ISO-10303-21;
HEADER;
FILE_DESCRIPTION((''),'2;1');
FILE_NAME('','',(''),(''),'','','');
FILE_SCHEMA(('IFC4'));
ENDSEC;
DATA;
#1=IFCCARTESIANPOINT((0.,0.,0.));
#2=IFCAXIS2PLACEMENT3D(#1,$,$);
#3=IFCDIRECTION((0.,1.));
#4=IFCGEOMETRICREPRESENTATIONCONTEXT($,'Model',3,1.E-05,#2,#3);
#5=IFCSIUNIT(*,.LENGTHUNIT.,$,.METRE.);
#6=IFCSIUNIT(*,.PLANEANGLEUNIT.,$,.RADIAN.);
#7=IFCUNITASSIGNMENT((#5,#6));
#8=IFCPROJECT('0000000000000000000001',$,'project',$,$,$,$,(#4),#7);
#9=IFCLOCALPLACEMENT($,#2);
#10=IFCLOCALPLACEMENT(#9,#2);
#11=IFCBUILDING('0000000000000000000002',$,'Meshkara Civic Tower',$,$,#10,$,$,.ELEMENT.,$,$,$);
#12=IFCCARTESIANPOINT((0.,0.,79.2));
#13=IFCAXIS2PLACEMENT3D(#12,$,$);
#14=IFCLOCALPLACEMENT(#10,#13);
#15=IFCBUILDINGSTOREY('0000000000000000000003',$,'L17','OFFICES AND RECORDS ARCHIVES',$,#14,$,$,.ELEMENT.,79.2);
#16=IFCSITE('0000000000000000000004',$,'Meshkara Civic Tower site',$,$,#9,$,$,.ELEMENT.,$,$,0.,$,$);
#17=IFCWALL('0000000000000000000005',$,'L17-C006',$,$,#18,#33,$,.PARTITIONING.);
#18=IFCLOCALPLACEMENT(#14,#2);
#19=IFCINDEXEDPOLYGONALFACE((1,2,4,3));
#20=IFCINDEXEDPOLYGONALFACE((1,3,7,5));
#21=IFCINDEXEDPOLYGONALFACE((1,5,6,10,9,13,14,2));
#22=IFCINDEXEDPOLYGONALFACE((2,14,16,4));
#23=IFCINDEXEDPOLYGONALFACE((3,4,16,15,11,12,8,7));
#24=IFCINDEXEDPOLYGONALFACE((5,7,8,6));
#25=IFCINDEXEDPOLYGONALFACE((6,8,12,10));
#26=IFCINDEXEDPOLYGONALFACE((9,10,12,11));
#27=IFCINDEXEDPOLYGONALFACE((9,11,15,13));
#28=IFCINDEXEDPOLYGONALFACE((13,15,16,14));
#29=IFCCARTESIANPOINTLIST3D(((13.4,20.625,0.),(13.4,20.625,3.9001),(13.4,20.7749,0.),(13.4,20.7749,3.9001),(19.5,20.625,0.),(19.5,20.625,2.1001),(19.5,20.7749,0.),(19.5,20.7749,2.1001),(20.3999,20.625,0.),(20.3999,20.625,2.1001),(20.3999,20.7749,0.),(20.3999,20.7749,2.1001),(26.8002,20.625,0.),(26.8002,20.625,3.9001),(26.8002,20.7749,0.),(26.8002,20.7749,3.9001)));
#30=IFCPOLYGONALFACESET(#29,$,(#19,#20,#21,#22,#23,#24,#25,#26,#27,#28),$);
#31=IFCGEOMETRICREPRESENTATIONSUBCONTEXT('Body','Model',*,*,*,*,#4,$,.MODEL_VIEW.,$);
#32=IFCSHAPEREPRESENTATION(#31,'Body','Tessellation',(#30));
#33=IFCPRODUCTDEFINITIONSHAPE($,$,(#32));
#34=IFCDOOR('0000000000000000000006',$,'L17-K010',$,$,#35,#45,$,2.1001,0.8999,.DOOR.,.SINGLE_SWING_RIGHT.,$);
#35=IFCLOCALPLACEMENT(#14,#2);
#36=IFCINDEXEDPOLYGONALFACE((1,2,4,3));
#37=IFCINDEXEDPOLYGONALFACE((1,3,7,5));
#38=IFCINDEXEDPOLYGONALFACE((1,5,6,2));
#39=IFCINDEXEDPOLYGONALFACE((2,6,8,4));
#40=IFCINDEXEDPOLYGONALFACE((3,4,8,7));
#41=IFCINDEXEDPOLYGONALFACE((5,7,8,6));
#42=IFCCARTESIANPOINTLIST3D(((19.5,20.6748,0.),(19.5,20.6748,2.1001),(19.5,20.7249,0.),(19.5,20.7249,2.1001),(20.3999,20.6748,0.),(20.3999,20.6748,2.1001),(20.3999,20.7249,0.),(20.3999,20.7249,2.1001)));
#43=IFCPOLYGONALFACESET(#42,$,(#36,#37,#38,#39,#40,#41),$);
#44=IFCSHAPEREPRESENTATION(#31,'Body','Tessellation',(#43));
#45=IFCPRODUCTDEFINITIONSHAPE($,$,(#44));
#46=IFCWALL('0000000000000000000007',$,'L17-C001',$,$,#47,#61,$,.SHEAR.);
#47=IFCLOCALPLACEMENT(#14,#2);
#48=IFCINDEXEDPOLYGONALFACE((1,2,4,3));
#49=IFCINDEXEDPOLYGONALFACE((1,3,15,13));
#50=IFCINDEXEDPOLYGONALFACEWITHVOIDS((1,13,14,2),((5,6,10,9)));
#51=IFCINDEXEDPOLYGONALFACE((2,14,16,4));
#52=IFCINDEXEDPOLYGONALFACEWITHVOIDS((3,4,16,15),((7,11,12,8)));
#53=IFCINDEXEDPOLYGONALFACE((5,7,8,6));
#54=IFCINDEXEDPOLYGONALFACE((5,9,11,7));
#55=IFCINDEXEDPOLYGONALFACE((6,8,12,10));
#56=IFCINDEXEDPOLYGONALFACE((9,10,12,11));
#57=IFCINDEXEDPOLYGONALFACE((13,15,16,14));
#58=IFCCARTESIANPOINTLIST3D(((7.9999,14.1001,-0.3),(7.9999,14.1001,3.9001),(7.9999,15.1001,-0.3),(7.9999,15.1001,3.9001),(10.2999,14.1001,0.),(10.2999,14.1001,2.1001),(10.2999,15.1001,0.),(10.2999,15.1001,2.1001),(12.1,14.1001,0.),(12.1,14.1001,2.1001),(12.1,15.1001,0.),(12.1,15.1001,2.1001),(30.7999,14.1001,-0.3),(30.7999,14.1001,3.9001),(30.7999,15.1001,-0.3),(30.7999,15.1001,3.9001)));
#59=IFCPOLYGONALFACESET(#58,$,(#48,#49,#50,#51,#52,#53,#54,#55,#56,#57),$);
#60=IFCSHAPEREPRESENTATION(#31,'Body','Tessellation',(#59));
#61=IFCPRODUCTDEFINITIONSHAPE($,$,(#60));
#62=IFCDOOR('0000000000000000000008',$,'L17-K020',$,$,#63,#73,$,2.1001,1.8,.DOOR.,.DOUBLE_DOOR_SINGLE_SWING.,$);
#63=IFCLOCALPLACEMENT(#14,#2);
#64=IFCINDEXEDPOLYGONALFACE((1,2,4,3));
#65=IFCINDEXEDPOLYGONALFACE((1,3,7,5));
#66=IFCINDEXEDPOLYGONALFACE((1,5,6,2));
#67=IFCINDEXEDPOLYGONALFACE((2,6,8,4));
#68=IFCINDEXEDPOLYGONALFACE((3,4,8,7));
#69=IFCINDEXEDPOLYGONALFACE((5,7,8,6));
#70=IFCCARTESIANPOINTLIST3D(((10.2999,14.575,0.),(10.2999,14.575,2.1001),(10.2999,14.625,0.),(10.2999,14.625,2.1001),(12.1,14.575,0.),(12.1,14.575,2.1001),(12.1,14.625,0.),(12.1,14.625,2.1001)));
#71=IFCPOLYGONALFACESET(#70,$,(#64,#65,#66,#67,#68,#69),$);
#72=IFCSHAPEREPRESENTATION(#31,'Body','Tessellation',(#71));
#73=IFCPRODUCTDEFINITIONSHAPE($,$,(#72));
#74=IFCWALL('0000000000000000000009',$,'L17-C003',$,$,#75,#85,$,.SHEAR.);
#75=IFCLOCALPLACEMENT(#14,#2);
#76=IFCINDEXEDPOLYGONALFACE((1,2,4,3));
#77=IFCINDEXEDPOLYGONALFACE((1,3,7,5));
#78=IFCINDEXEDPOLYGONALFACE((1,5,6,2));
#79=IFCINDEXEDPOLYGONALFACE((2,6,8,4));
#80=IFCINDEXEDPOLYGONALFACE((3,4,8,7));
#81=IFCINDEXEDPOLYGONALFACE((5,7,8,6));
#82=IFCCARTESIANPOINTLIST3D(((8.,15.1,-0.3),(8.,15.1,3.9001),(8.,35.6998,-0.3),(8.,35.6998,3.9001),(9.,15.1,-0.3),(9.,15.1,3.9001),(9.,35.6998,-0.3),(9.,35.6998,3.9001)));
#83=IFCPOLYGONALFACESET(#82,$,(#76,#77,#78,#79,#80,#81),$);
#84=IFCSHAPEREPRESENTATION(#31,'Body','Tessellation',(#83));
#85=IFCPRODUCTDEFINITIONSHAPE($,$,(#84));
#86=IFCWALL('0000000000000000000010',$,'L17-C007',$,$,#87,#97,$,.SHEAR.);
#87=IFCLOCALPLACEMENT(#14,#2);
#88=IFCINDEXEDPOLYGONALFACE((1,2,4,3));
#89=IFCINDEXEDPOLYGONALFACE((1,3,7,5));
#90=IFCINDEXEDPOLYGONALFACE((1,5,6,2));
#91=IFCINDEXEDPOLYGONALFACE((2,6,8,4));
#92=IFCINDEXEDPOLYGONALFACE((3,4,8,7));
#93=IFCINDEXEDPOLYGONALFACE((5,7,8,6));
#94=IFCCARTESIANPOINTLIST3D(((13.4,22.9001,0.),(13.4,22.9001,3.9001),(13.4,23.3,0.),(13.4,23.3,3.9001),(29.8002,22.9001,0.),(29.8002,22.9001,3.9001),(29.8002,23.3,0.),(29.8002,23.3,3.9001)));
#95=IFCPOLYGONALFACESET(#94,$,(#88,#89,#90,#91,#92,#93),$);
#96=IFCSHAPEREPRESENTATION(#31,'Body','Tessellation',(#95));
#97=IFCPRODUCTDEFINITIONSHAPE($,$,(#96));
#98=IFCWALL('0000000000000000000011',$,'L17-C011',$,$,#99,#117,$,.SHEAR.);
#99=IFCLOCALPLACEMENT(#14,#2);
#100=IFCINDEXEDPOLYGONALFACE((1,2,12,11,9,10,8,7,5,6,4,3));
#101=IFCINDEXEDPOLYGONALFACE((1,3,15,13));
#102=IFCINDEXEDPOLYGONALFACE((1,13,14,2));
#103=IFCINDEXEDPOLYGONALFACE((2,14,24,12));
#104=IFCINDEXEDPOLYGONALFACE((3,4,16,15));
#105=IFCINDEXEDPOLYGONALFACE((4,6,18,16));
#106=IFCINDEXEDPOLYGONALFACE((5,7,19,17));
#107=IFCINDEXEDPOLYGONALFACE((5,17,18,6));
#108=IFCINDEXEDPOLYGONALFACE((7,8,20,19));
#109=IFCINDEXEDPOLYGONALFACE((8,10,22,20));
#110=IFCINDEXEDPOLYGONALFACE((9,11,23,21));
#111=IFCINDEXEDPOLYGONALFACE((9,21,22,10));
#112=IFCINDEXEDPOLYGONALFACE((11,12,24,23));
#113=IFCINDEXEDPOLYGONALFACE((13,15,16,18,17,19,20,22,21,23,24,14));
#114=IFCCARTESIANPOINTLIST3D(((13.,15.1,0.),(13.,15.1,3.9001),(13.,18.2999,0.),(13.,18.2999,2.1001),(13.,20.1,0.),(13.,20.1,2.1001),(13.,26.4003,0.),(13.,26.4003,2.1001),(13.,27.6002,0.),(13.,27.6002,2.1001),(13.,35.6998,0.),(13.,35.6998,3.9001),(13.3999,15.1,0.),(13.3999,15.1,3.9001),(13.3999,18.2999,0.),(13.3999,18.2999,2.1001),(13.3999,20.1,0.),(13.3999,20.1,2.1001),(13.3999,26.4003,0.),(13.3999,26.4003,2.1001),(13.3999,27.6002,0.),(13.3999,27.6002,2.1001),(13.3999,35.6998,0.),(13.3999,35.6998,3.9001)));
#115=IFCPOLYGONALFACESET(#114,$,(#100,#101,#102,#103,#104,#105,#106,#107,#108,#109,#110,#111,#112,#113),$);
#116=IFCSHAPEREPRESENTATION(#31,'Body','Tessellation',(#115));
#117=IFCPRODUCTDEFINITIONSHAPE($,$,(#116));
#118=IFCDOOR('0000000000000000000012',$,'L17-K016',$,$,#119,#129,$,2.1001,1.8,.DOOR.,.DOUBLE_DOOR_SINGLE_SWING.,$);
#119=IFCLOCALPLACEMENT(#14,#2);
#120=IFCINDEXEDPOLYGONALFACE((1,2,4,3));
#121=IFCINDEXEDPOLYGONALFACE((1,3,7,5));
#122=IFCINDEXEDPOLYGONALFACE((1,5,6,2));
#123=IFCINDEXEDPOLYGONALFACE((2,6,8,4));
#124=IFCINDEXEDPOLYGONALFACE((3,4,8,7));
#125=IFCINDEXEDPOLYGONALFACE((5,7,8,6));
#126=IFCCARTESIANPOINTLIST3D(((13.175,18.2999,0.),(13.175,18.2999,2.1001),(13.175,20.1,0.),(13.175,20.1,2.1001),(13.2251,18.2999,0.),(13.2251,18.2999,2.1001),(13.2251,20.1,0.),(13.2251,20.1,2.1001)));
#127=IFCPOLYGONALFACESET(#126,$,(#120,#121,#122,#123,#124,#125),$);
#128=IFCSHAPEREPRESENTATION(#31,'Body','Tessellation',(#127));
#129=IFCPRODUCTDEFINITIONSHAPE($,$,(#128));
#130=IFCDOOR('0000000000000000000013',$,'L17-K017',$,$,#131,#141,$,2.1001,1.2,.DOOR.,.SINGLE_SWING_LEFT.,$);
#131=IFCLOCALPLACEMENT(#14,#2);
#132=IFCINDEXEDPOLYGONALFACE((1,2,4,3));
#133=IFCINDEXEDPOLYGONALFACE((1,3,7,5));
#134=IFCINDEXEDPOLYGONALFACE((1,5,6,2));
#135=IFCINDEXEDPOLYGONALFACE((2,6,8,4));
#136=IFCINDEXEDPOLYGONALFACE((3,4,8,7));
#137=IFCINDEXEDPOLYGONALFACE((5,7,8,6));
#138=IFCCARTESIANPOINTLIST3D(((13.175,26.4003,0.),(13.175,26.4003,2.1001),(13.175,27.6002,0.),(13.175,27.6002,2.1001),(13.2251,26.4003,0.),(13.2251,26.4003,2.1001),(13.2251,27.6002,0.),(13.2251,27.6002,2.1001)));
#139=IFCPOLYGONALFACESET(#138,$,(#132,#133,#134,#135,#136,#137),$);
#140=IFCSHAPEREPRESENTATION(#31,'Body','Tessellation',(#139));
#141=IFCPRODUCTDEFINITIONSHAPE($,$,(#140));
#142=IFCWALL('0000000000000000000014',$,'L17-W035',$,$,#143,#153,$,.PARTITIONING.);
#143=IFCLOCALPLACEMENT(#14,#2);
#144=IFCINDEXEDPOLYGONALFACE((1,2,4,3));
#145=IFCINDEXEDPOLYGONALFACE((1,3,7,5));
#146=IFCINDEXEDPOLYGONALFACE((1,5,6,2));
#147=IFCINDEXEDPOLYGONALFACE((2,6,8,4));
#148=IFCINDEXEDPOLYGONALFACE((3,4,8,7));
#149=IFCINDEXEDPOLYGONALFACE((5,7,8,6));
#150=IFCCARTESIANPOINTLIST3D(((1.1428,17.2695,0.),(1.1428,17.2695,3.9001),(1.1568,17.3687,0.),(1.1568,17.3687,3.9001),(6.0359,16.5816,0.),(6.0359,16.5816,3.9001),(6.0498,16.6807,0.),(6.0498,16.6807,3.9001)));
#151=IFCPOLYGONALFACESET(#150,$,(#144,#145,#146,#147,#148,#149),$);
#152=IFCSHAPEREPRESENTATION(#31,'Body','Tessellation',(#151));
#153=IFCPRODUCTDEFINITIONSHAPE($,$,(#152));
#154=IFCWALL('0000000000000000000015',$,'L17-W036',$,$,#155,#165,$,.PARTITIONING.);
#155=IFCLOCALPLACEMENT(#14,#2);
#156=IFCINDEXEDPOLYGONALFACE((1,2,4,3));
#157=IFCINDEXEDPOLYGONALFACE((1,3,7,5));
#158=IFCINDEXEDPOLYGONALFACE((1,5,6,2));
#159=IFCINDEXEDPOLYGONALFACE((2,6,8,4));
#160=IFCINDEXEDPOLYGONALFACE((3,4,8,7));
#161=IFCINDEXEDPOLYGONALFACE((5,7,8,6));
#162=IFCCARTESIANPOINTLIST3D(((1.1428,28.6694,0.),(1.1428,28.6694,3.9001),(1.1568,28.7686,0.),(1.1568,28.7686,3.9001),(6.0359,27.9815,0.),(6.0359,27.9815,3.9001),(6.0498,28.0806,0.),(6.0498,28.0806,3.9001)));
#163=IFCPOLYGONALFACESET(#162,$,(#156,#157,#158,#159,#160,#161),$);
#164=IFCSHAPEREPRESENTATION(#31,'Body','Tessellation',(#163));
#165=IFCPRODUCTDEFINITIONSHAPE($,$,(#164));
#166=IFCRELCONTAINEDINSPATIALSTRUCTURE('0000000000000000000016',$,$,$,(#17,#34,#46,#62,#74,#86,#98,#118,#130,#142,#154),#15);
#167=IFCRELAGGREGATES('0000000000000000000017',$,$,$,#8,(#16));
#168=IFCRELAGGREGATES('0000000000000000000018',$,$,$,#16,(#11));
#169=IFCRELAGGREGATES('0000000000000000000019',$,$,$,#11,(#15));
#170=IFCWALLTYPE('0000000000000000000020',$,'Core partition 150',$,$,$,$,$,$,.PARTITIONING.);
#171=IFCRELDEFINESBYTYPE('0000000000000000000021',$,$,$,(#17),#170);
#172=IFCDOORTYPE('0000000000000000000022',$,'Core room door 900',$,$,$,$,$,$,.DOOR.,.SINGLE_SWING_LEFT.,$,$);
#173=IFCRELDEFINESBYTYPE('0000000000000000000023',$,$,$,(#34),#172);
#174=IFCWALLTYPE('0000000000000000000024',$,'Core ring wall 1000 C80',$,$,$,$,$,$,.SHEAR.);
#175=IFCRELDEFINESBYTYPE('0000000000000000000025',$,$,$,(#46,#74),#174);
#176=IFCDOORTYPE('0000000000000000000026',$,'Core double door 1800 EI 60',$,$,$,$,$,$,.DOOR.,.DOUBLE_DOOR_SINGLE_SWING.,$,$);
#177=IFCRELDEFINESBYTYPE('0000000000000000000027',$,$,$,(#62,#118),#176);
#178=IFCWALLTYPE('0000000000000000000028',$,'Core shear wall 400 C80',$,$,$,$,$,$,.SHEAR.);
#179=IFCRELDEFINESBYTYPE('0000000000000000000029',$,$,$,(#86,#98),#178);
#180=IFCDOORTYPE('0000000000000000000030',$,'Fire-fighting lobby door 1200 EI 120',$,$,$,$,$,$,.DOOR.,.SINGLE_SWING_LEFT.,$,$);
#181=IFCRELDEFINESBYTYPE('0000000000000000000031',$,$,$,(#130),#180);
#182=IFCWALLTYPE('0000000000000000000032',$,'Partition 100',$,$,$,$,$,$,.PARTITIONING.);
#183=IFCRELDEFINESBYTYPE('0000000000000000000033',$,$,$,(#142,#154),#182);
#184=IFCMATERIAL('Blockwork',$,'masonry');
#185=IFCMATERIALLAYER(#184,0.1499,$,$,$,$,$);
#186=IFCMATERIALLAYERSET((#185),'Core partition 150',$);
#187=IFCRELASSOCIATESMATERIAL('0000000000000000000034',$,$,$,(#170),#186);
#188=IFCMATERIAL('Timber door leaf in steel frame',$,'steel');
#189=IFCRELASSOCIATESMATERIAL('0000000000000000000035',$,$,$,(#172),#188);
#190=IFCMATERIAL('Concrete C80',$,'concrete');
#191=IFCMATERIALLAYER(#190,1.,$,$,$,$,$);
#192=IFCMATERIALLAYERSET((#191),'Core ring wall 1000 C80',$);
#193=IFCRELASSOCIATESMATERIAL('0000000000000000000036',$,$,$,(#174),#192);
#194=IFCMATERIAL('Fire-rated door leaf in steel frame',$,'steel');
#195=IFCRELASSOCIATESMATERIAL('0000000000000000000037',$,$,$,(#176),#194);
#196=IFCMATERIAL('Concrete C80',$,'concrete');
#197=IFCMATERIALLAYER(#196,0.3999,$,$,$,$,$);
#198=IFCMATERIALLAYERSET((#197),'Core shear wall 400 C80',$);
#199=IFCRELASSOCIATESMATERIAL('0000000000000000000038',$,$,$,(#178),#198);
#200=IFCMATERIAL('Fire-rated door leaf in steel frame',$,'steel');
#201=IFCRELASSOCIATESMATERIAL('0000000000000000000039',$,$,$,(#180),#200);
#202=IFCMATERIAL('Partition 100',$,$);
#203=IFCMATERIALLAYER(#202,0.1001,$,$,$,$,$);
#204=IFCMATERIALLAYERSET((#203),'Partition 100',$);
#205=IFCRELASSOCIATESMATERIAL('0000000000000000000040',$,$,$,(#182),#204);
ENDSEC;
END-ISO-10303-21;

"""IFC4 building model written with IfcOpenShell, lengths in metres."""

from ifc_helpers import new_model, si_unit, direction, frame, frame_2d, origin, place, context, subcontext, project, spatial, rectangle, extrude, material, layer, layer_set, type_object, element, fill, save


model = new_model("IFC4")

# Units and contexts
model_context = context("Model", 3, precision=1e-05, world=origin(), true_north=direction((0.0, 1.0)))
body_context = subcontext(model_context, "Body", "Model", "MODEL_VIEW")
ifc_project = project(units=[si_unit("LENGTHUNIT", "METRE"), si_unit("PLANEANGLEUNIT", "RADIAN")], contexts=[model_context])

# Site, building, storey
site_placement = place(None, origin())
site = spatial("IfcSite", under=ifc_project, at=site_placement, Name="Meshkara Civic Tower site", CompositionType="ELEMENT", RefElevation=0.0)
building_placement = place(site_placement, origin())
building = spatial("IfcBuilding", under=site, at=building_placement, Name="Meshkara Civic Tower", CompositionType="ELEMENT")
storey_placement = place(building_placement, frame((0.0, 0.0, 79.2)))
storey = spatial("IfcBuildingStorey", under=building, at=storey_placement, Name="L17", Description="OFFICES AND RECORDS ARCHIVES", CompositionType="ELEMENT", Elevation=79.2)

# Walls, openings, doors
ifc_material_1 = material(Name="Blockwork", Category="masonry")
ifc_layer_1 = layer(ifc_material_1, 0.1499)
ifc_layer_set_1 = layer_set([ifc_layer_1], Name="Core partition 150")
wall_type_1 = type_object("IfcWallType", Name="Core partition 150", PredefinedType="PARTITIONING", material=ifc_layer_set_1)
wall_1_placement = place(storey_placement, frame((13.3999, 20.7, 0.0), z_axis=(0.0, 0.0, 1.0), x_axis=(1.0, 0.0, 0.0)))
wall_1 = element("IfcWall", 1, at=wall_1_placement, inside=storey, type_object=wall_type_1, Name="L17-C006", PredefinedType="PARTITIONING", context=body_context, shape_type="SweptSolid", body=[
    extrude(rectangle(XDim=13.4001, YDim=0.1499, at=frame_2d((6.7002, 0.0))), origin(), (0.0, 0.0, 1.0), 3.9001),
])
opening_1_placement = place(wall_1_placement, frame((6.1001, 0.0, 0.0)))
opening_1 = element("IfcOpeningElement", 2, at=opening_1_placement, cuts=wall_1, PredefinedType="OPENING", context=body_context, shape_type="SweptSolid", body=[
    extrude(rectangle(XDim=0.8999, YDim=2.1001, at=frame_2d((0.45, 1.05))), frame((0.0, 0.085, 0.0), z_axis=(0.0, -1.0, 0.0), x_axis=(1.0, 0.0, 0.0)), (0.0, 0.0, 1.0), 0.1699),
])
ifc_material_2 = material(Name="Timber door leaf in steel frame", Category="steel")
door_type_1 = type_object("IfcDoorType", Name="Core room door 900", OperationType="SINGLE_SWING_LEFT", PredefinedType="DOOR", material=ifc_material_2)
door_1_placement = place(opening_1_placement, origin())
door_1 = element("IfcDoor", 3, at=door_1_placement, inside=storey, type_object=door_type_1, Name="L17-K010", OperationType="SINGLE_SWING_RIGHT", OverallHeight=2.1001, OverallWidth=0.8999, PredefinedType="DOOR", context=body_context, shape_type="SweptSolid", body=[
    extrude(rectangle(XDim=0.8999, YDim=2.1001, at=frame_2d((0.45, 1.05))), frame((0.0, 0.0249, 0.0), z_axis=(0.0, -1.0, 0.0), x_axis=(1.0, 0.0, 0.0)), (0.0, 0.0, 1.0), 0.05),
])
fill(opening_1, door_1)
ifc_material_3 = material(Name="Concrete C80", Category="concrete")
ifc_layer_2 = layer(ifc_material_3, 1.0)
ifc_layer_set_2 = layer_set([ifc_layer_2], Name="Core ring wall 1000 C80")
wall_type_2 = type_object("IfcWallType", Name="Core ring wall 1000 C80", PredefinedType="SHEAR", material=ifc_layer_set_2)
wall_2_placement = place(storey_placement, frame((8.0, 14.6001, -0.3), z_axis=(0.0, 0.0, 1.0), x_axis=(1.0, 0.0, 0.0)))
wall_2 = element("IfcWall", 4, at=wall_2_placement, inside=storey, type_object=wall_type_2, Name="L17-C001", PredefinedType="SHEAR", context=body_context, shape_type="SweptSolid", body=[
    extrude(rectangle(XDim=22.8, YDim=1.0, at=frame_2d((11.3999, 0.0))), origin(), (0.0, 0.0, 1.0), 4.2002),
])
opening_2_placement = place(wall_2_placement, frame((2.3, 0.0, 0.3)))
opening_2 = element("IfcOpeningElement", 5, at=opening_2_placement, cuts=wall_2, PredefinedType="OPENING", context=body_context, shape_type="SweptSolid", body=[
    extrude(rectangle(XDim=1.8, YDim=2.1001, at=frame_2d((0.8999, 1.05))), frame((0.0, 0.51, 0.0), z_axis=(0.0, -1.0, 0.0), x_axis=(1.0, 0.0, 0.0)), (0.0, 0.0, 1.0), 1.02),
])
ifc_material_4 = material(Name="Fire-rated door leaf in steel frame", Category="steel")
door_type_2 = type_object("IfcDoorType", Name="Core double door 1800 EI 60", OperationType="DOUBLE_DOOR_SINGLE_SWING", PredefinedType="DOOR", material=ifc_material_4)
door_2_placement = place(opening_2_placement, origin())
door_2 = element("IfcDoor", 6, at=door_2_placement, inside=storey, type_object=door_type_2, Name="L17-K020", OperationType="DOUBLE_DOOR_SINGLE_SWING", OverallHeight=2.1001, OverallWidth=1.8, PredefinedType="DOOR", context=body_context, shape_type="SweptSolid", body=[
    extrude(rectangle(XDim=1.8, YDim=2.1001, at=frame_2d((0.8999, 1.05))), frame((0.0, 0.0249, 0.0), z_axis=(0.0, -1.0, 0.0), x_axis=(1.0, 0.0, 0.0)), (0.0, 0.0, 1.0), 0.05),
])
fill(opening_2, door_2)

# Walls
wall_3_placement = place(storey_placement, frame((8.5, 15.1001, -0.3), z_axis=(0.0, 0.0, 1.0), x_axis=(0.0, 1.0, 0.0)))
element("IfcWall", 7, at=wall_3_placement, inside=storey, type_object=wall_type_2, Name="L17-C003", PredefinedType="SHEAR", context=body_context, shape_type="SweptSolid", body=[
    extrude(rectangle(XDim=20.5999, YDim=1.0, at=frame_2d((10.2998, 0.0))), origin(), (0.0, 0.0, 1.0), 4.2002),
])
ifc_material_5 = material(Name="Concrete C80", Category="concrete")
ifc_layer_3 = layer(ifc_material_5, 0.3999)
ifc_layer_set_3 = layer_set([ifc_layer_3], Name="Core shear wall 400 C80")
wall_type_3 = type_object("IfcWallType", Name="Core shear wall 400 C80", PredefinedType="SHEAR", material=ifc_layer_set_3)
wall_4_placement = place(storey_placement, frame((13.3999, 23.1001, 0.0), z_axis=(0.0, 0.0, 1.0), x_axis=(1.0, 0.0, 0.0)))
element("IfcWall", 8, at=wall_4_placement, inside=storey, type_object=wall_type_3, Name="L17-C007", PredefinedType="SHEAR", context=body_context, shape_type="SweptSolid", body=[
    extrude(rectangle(XDim=16.4001, YDim=0.3999, at=frame_2d((8.2002, 0.0))), origin(), (0.0, 0.0, 1.0), 3.9001),
])

# Wall, openings, doors
wall_5_placement = place(storey_placement, frame((13.2, 15.1001, 0.0), z_axis=(0.0, 0.0, 1.0), x_axis=(0.0, 1.0, 0.0)))
wall_5 = element("IfcWall", 9, at=wall_5_placement, inside=storey, type_object=wall_type_3, Name="L17-C011", PredefinedType="SHEAR", context=body_context, shape_type="SweptSolid", body=[
    extrude(rectangle(XDim=20.5999, YDim=0.3999, at=frame_2d((10.2998, 0.0))), origin(), (0.0, 0.0, 1.0), 3.9001),
])
opening_3_placement = place(wall_5_placement, frame((3.2, 0.0, 0.0)))
opening_3 = element("IfcOpeningElement", 10, at=opening_3_placement, cuts=wall_5, PredefinedType="OPENING", context=body_context, shape_type="SweptSolid", body=[
    extrude(rectangle(XDim=1.8, YDim=2.1001, at=frame_2d((0.8999, 1.05))), frame((0.0, 0.21, 0.0), z_axis=(0.0, -1.0, 0.0), x_axis=(1.0, 0.0, 0.0)), (0.0, 0.0, 1.0), 0.4199),
])
opening_4_placement = place(wall_5_placement, frame((11.3, 0.0, 0.0)))
opening_4 = element("IfcOpeningElement", 11, at=opening_4_placement, cuts=wall_5, PredefinedType="OPENING", context=body_context, shape_type="SweptSolid", body=[
    extrude(rectangle(XDim=1.2, YDim=2.1001, at=frame_2d((0.6001, 1.05))), frame((0.0, 0.21, 0.0), z_axis=(0.0, -1.0, 0.0), x_axis=(1.0, 0.0, 0.0)), (0.0, 0.0, 1.0), 0.4199),
])
door_3_placement = place(opening_3_placement, origin())
door_3 = element("IfcDoor", 12, at=door_3_placement, inside=storey, type_object=door_type_2, Name="L17-K016", OperationType="DOUBLE_DOOR_SINGLE_SWING", OverallHeight=2.1001, OverallWidth=1.8, PredefinedType="DOOR", context=body_context, shape_type="SweptSolid", body=[
    extrude(rectangle(XDim=1.8, YDim=2.1001, at=frame_2d((0.8999, 1.05))), frame((0.0, 0.0249, 0.0), z_axis=(0.0, -1.0, 0.0), x_axis=(1.0, 0.0, 0.0)), (0.0, 0.0, 1.0), 0.05),
])
fill(opening_3, door_3)
ifc_material_6 = material(Name="Fire-rated door leaf in steel frame", Category="steel")
door_type_3 = type_object("IfcDoorType", Name="Fire-fighting lobby door 1200 EI 120", OperationType="SINGLE_SWING_LEFT", PredefinedType="DOOR", material=ifc_material_6)
door_4_placement = place(opening_4_placement, origin())
door_4 = element("IfcDoor", 13, at=door_4_placement, inside=storey, type_object=door_type_3, Name="L17-K017", OperationType="SINGLE_SWING_LEFT", OverallHeight=2.1001, OverallWidth=1.2, PredefinedType="DOOR", context=body_context, shape_type="SweptSolid", body=[
    extrude(rectangle(XDim=1.2, YDim=2.1001, at=frame_2d((0.6001, 1.05))), frame((0.0, 0.0249, 0.0), z_axis=(0.0, -1.0, 0.0), x_axis=(1.0, 0.0, 0.0)), (0.0, 0.0, 1.0), 0.05),
])
fill(opening_4, door_4)

# Walls
ifc_material_7 = material(Name="Partition 100")
ifc_layer_4 = layer(ifc_material_7, 0.1001)
ifc_layer_set_4 = layer_set([ifc_layer_4], Name="Partition 100")
wall_type_4 = type_object("IfcWallType", Name="Partition 100", PredefinedType="PARTITIONING", material=ifc_layer_set_4)
for number, where, z_axis, x_axis, name in (
    (14, (6.043, 16.6311, 0.0), (0.0, 0.0, 1.0), (-0.990259, 0.139235, 0.0), "L17-W035"),
    (15, (6.043, 28.031, 0.0), (0.0, 0.0, 1.0), (-0.990259, 0.139235, 0.0), "L17-W036"),
):
    element("IfcWall", number, at=place(storey_placement, frame(where, z_axis=z_axis, x_axis=x_axis)), inside=storey, type_object=wall_type_4, Name=name, PredefinedType="PARTITIONING", context=body_context, shape_type="SweptSolid", body=[
        extrude(rectangle(XDim=4.9412, YDim=0.1001, at=frame_2d((2.4707, 0.0))), origin(), (0.0, 0.0, 1.0), 3.9001),
    ])

save(model, "model.ifc")
